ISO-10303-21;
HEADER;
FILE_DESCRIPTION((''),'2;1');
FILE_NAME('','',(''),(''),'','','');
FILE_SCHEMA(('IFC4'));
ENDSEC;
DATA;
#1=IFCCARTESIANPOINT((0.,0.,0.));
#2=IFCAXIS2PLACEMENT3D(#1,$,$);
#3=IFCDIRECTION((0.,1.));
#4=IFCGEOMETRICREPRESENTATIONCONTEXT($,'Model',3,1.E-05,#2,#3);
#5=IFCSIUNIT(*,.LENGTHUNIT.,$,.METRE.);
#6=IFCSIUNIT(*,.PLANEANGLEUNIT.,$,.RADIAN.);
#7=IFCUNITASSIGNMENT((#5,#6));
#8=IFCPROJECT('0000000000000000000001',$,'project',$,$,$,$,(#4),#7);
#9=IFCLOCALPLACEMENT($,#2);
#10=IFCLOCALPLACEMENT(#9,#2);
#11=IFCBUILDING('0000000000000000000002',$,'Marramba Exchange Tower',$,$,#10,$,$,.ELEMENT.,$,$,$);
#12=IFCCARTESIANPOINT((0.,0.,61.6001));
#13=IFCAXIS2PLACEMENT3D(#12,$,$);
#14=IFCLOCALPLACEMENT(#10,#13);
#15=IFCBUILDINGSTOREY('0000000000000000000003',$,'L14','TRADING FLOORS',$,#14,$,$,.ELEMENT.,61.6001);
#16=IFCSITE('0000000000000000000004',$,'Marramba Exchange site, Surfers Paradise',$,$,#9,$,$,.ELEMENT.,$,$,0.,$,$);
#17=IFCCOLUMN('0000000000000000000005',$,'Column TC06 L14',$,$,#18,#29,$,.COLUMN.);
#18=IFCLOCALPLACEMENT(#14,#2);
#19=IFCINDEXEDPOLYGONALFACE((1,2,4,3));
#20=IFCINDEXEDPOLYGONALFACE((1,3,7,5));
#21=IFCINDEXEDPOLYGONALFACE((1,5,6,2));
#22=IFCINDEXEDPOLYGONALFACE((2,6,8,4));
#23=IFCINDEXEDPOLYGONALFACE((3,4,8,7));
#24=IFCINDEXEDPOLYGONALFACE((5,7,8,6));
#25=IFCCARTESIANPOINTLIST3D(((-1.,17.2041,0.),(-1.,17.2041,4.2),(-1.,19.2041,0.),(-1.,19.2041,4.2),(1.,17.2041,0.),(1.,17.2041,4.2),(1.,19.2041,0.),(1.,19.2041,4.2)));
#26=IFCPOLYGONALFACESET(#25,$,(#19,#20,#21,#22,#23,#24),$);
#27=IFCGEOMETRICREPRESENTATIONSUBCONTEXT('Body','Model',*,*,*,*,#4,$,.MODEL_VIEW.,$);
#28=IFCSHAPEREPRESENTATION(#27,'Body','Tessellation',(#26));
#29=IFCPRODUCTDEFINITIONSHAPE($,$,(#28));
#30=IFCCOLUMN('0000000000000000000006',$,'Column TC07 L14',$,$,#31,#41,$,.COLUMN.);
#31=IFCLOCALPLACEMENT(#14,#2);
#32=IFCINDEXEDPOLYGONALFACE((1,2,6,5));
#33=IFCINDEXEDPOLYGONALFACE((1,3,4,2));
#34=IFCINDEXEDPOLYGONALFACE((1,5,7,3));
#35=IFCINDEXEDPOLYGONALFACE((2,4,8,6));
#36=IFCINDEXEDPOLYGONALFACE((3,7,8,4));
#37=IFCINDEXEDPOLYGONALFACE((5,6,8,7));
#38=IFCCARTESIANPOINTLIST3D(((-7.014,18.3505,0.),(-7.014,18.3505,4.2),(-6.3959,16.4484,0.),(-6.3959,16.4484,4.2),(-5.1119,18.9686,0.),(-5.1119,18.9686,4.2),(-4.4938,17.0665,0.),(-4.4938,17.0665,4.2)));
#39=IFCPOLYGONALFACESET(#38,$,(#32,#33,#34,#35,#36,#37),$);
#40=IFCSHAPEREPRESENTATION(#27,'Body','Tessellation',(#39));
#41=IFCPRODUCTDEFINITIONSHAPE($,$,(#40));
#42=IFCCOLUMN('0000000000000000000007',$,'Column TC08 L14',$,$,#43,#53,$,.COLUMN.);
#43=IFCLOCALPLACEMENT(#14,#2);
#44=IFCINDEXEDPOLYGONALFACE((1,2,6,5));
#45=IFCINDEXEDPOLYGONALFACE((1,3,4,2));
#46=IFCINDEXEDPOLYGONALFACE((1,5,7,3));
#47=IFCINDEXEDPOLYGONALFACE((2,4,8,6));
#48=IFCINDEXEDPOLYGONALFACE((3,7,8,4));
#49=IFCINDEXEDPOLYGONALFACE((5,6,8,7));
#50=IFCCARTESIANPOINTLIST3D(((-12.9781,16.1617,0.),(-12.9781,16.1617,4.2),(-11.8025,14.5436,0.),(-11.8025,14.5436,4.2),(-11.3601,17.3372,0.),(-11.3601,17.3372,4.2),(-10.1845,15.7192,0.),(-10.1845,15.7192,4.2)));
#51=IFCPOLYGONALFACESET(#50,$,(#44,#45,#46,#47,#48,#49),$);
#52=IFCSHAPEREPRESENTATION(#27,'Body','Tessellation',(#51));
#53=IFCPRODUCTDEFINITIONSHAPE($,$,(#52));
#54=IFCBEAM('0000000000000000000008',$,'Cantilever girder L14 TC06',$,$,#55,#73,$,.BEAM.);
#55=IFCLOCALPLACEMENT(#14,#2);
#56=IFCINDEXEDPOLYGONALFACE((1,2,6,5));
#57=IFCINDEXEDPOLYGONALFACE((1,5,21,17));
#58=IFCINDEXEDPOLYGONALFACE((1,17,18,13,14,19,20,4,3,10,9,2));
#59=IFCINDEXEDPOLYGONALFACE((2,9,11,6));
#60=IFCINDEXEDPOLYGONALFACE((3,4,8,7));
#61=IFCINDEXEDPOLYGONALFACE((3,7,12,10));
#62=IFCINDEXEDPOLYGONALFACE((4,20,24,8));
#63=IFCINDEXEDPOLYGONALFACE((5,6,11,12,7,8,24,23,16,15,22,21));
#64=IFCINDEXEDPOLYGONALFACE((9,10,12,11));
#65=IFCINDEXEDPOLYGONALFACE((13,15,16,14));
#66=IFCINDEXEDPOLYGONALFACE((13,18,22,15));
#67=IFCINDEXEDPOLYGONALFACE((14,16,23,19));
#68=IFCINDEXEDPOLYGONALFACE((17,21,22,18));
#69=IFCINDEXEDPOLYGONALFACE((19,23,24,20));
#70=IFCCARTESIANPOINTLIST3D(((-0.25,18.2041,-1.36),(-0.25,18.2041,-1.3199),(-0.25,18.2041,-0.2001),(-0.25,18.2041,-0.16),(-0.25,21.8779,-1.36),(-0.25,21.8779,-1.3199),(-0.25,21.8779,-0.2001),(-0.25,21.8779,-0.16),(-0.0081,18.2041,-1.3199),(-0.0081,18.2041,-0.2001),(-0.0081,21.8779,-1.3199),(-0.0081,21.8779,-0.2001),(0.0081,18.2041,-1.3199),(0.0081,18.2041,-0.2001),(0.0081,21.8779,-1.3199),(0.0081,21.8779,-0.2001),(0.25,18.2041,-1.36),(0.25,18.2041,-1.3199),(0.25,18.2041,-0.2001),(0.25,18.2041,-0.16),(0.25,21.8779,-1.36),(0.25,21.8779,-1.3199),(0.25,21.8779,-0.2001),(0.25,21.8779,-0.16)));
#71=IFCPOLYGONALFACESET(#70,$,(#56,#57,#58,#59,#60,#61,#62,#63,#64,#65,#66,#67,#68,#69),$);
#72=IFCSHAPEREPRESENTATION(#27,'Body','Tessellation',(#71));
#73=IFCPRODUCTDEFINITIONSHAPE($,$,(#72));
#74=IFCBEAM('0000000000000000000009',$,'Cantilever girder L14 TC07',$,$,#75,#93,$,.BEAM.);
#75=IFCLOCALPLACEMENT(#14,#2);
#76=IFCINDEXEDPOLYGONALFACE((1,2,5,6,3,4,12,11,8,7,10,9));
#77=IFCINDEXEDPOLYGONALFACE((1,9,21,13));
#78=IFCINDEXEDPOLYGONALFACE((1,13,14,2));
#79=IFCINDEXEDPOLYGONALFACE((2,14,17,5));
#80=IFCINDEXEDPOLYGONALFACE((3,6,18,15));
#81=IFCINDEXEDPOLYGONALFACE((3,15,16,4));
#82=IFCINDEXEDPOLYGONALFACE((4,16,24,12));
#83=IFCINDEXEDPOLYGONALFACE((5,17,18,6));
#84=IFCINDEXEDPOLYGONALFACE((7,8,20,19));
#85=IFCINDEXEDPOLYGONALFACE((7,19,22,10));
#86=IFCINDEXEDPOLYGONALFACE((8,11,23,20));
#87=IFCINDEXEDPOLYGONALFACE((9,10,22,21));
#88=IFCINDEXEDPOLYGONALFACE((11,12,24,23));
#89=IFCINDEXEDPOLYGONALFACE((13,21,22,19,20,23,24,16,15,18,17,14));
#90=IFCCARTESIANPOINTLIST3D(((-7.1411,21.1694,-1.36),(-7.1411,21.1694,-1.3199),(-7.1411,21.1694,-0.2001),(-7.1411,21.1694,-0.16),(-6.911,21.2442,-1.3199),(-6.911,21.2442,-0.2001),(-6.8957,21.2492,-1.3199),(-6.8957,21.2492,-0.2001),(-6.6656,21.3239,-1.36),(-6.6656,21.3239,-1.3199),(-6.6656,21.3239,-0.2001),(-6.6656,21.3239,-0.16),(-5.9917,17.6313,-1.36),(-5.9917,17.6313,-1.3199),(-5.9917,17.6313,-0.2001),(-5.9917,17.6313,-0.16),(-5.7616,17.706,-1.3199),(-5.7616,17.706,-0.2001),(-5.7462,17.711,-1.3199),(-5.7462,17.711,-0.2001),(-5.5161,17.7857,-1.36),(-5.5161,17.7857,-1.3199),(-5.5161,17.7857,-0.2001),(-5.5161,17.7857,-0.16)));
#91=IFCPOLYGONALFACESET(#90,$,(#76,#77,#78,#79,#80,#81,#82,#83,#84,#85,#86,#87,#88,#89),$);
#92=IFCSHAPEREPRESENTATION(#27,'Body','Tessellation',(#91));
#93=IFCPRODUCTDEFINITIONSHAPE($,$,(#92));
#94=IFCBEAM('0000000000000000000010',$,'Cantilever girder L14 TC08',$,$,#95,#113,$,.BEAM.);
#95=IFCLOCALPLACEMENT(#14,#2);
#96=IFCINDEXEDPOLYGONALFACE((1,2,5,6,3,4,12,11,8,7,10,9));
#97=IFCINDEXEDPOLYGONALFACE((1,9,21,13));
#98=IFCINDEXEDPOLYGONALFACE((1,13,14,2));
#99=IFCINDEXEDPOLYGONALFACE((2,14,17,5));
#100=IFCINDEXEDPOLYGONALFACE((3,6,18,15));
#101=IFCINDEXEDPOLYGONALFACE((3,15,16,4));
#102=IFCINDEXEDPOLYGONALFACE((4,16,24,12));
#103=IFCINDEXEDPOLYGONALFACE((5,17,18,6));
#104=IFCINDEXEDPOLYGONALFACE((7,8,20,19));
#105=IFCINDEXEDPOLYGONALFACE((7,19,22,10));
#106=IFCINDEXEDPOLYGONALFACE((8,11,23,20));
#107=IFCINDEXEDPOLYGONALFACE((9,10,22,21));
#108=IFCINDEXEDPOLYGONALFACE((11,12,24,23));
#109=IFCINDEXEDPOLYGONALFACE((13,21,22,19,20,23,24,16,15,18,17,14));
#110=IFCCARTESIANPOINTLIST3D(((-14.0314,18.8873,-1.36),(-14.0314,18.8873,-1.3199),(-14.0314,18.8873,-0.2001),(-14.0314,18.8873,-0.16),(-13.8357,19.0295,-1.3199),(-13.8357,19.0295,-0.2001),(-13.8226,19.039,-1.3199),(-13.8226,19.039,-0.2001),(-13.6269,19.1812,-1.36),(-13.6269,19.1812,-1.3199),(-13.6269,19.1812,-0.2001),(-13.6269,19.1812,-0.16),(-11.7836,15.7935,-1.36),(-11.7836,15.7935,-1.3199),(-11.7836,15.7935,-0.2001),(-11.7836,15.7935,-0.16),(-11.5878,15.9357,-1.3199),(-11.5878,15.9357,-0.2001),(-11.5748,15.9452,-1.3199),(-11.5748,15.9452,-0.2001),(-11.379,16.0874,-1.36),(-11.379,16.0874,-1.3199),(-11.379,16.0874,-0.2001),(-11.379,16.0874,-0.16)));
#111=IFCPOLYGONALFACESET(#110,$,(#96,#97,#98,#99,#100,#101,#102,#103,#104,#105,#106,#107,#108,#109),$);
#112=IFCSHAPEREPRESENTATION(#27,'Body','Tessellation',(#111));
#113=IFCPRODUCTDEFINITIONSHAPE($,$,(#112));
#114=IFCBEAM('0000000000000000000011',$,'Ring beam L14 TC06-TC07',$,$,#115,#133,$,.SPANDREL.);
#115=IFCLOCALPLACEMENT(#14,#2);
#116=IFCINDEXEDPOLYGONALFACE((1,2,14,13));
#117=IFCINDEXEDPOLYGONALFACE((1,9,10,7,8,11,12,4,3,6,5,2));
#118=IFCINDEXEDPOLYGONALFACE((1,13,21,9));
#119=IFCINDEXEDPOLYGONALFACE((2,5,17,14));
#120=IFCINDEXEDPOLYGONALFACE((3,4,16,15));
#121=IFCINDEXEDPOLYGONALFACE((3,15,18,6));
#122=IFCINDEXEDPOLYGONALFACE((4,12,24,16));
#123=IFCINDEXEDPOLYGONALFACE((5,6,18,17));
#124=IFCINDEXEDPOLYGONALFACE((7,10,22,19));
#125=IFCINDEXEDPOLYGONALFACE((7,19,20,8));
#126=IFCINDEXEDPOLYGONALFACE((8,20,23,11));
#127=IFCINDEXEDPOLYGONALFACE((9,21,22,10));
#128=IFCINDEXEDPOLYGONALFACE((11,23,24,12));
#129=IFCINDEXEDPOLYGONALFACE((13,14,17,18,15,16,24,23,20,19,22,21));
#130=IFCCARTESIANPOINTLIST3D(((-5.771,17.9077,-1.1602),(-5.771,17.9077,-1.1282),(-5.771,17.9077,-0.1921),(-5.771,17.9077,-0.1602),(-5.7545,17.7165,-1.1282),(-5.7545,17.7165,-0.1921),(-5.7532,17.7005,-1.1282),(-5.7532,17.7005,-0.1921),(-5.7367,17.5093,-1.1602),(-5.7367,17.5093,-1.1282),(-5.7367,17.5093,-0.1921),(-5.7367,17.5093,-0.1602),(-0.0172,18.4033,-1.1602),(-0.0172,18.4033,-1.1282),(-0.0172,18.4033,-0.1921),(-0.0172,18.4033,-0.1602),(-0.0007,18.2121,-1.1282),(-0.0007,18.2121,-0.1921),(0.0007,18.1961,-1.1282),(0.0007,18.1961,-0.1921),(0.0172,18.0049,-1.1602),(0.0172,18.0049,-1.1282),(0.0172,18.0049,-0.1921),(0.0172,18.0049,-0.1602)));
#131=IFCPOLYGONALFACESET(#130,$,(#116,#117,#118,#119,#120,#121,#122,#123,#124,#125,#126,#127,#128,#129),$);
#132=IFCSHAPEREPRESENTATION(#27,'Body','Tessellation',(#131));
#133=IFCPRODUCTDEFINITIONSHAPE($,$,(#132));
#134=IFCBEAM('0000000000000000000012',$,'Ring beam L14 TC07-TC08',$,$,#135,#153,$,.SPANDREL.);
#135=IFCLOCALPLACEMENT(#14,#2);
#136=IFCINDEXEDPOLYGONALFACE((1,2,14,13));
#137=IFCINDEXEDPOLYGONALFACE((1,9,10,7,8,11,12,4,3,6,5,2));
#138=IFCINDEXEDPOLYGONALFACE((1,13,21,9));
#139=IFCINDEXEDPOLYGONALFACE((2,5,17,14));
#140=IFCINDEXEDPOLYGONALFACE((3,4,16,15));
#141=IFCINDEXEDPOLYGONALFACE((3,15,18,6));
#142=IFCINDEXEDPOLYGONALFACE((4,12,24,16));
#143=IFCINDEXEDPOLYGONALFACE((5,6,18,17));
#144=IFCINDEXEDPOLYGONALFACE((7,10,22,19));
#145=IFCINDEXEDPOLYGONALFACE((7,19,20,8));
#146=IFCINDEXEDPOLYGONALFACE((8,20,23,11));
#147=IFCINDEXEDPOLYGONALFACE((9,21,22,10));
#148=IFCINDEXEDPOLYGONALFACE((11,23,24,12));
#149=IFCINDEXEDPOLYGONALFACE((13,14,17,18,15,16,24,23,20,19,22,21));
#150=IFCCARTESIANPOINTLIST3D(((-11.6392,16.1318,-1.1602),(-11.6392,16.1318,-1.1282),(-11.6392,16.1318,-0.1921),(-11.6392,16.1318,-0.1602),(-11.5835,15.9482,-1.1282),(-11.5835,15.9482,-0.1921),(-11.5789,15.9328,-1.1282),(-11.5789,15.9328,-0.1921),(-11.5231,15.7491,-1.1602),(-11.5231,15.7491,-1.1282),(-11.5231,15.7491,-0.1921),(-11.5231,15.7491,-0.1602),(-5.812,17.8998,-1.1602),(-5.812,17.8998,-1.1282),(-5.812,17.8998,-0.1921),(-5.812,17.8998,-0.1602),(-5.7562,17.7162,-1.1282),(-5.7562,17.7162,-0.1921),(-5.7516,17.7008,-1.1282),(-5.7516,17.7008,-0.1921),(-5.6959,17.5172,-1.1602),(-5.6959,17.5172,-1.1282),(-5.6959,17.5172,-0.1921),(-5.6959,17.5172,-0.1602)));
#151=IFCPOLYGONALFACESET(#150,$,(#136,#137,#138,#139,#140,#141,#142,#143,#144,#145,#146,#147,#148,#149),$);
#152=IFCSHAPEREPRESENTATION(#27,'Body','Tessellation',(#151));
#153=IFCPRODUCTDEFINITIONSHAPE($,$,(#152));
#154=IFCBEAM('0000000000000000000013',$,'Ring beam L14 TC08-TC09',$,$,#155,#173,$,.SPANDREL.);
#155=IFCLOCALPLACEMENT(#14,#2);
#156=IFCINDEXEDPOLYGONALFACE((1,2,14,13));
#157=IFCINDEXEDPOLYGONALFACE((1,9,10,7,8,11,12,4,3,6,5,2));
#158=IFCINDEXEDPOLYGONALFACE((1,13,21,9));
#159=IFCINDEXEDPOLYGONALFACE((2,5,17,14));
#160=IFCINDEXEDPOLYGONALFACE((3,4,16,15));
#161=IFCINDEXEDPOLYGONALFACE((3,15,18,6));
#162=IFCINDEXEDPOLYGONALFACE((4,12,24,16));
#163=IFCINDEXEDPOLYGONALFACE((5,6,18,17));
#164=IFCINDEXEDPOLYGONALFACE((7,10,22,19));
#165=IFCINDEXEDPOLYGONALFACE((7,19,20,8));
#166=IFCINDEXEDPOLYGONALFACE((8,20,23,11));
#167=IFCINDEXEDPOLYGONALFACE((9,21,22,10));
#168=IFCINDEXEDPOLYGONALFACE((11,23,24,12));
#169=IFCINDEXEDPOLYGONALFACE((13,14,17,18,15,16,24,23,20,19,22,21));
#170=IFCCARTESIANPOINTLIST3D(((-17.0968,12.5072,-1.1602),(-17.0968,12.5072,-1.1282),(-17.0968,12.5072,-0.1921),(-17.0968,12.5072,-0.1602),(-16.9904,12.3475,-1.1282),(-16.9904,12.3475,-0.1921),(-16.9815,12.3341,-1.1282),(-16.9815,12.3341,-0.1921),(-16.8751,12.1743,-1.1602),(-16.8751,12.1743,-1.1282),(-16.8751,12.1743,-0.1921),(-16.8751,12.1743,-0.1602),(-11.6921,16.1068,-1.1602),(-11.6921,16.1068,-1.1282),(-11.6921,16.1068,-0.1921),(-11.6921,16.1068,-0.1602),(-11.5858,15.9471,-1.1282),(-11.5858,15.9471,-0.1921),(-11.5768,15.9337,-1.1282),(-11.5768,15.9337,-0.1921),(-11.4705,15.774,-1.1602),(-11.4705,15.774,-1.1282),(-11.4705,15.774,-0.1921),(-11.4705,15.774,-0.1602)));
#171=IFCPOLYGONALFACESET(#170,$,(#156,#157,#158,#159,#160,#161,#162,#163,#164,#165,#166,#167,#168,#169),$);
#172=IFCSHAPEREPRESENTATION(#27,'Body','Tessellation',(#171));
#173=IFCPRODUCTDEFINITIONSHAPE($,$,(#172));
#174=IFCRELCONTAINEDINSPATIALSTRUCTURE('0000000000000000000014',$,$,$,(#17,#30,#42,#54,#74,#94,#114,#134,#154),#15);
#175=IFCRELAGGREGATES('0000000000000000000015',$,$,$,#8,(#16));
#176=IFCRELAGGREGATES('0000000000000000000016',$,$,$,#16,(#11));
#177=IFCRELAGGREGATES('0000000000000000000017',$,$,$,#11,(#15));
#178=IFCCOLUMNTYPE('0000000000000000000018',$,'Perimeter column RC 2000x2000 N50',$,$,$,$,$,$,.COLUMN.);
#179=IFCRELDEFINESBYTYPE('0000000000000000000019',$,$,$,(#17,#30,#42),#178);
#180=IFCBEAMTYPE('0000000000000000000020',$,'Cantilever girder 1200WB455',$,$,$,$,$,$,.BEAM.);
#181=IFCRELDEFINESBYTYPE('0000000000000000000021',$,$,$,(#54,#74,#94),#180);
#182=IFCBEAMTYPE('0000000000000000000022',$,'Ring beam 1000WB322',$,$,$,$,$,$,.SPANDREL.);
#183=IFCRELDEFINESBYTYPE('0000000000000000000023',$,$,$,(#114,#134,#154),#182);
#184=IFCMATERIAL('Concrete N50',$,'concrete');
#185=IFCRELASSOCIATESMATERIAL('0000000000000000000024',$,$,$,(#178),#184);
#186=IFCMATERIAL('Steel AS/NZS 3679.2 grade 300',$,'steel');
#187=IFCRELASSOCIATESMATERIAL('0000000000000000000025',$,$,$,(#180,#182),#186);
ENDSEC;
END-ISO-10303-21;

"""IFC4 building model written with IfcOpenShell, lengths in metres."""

from ifc_helpers import new_model, si_unit, direction, frame, origin, origin_2d, place, context, subcontext, project, spatial, rectangle, i_section, extrude, material, material_profile, profile_set, type_object, element, save


model = new_model("IFC4")

# Units and contexts
model_context = context("Model", 3, precision=1e-05, world=origin(), true_north=direction((0.0, 1.0)))
body_context = subcontext(model_context, "Body", "Model", "MODEL_VIEW")
ifc_project = project(units=[si_unit("LENGTHUNIT", "METRE"), si_unit("PLANEANGLEUNIT", "RADIAN")], contexts=[model_context])

# Site, building, storey
site_placement = place(None, origin())
site = spatial("IfcSite", under=ifc_project, at=site_placement, Name="Marramba Exchange site, Surfers Paradise", CompositionType="ELEMENT", RefElevation=0.0)
building_placement = place(site_placement, origin())
building = spatial("IfcBuilding", under=site, at=building_placement, Name="Marramba Exchange Tower", CompositionType="ELEMENT")
storey_placement = place(building_placement, frame((0.0, 0.0, 61.6001)))
storey = spatial("IfcBuildingStorey", under=building, at=storey_placement, Name="L14", Description="TRADING FLOORS", CompositionType="ELEMENT", Elevation=61.6001)

# Columns
ifc_material_1 = material(Name="Concrete N50", Category="concrete")
ifc_material_profile_1 = material_profile(ifc_material_1, rectangle(XDim=2.0, YDim=2.0, at=origin_2d()), Name="RC 2000x2000")
ifc_profile_set_1 = profile_set([ifc_material_profile_1], Name="Concrete N50")
column_type = type_object("IfcColumnType", Name="Perimeter column RC 2000x2000 N50", PredefinedType="COLUMN", material=ifc_profile_set_1)
for number, where, z_axis, x_axis, name in (
    (1, (0.0, 18.2041, 0.0), (0.0, 0.0, 1.0), (0.0, 1.0, 0.0), "Column TC06 L14"),
    (2, (-5.7539, 17.7085, 0.0), (0.0, 0.0, 1.0), (-0.309017, 0.951057, 0.0), "Column TC07 L14"),
    (3, (-11.5813, 15.9404, 0.0), (0.0, 0.0, 1.0), (-0.587785, 0.809017, 0.0), "Column TC08 L14"),
):
    element("IfcColumn", number, at=place(storey_placement, frame(where, z_axis=z_axis, x_axis=x_axis)), inside=storey, type_object=column_type, Name=name, PredefinedType="COLUMN", context=body_context, shape_type="SweptSolid", body=[
        extrude(rectangle(XDim=2.0, YDim=2.0, at=origin_2d()), origin(), (0.0, 0.0, 1.0), 4.2),
    ])

# Beams
ifc_material_2 = material(Name="Steel AS/NZS 3679.2 grade 300", Category="steel")
ifc_material_profile_2 = material_profile(ifc_material_2, i_section(OverallWidth=0.5, OverallDepth=1.2, WebThickness=0.0161, FlangeThickness=0.04, at=origin_2d()), Name="1200WB455")
ifc_profile_set_2 = profile_set([ifc_material_profile_2], Name="Steel AS/NZS 3679.2 grade 300")
beam_type_1 = type_object("IfcBeamType", Name="Cantilever girder 1200WB455", PredefinedType="BEAM", material=ifc_profile_set_2)
beam_1_placement = place(storey_placement, frame((0.0, 18.2041, -0.76), z_axis=(0.0, 1.0, 0.0), x_axis=(-1.0, 0.0, 0.0)))
element("IfcBeam", 4, at=beam_1_placement, inside=storey, type_object=beam_type_1, Name="Cantilever girder L14 TC06", PredefinedType="BEAM", context=body_context, shape_type="SweptSolid", body=[
    extrude(i_section(OverallWidth=0.5, OverallDepth=1.2, WebThickness=0.0161, FlangeThickness=0.04, at=origin_2d()), origin(), (0.0, 0.0, 1.0), 3.6738),
])
beam_2_placement = place(storey_placement, frame((-5.7539, 17.7085, -0.76), z_axis=(-0.308973, 0.951071, 0.0), x_axis=(-0.951071, -0.308973, 0.0)))
element("IfcBeam", 5, at=beam_2_placement, inside=storey, type_object=beam_type_1, Name="Cantilever girder L14 TC07", PredefinedType="BEAM", context=body_context, shape_type="SweptSolid", body=[
    extrude(i_section(OverallWidth=0.5, OverallDepth=1.2, WebThickness=0.0161, FlangeThickness=0.04, at=origin_2d()), origin(), (0.0, 0.0, 1.0), 3.7202),
])
beam_3_placement = place(storey_placement, frame((-11.5813, 15.9404, -0.76), z_axis=(-0.587796, 0.809009, 0.0), x_axis=(-0.809009, -0.587796, 0.0)))
element("IfcBeam", 6, at=beam_3_placement, inside=storey, type_object=beam_type_1, Name="Cantilever girder L14 TC08", PredefinedType="BEAM", context=body_context, shape_type="SweptSolid", body=[
    extrude(i_section(OverallWidth=0.5, OverallDepth=1.2, WebThickness=0.0161, FlangeThickness=0.04, at=origin_2d()), origin(), (0.0, 0.0, 1.0), 3.8242),
])
ifc_material_profile_3 = material_profile(ifc_material_2, i_section(OverallWidth=0.3999, OverallDepth=1.0, WebThickness=0.0161, FlangeThickness=0.032, at=origin_2d()), Name="1000WB322")
ifc_profile_set_3 = profile_set([ifc_material_profile_3], Name="Steel AS/NZS 3679.2 grade 300")
beam_type_2 = type_object("IfcBeamType", Name="Ring beam 1000WB322", PredefinedType="SPANDREL", material=ifc_profile_set_3)
beam_4_placement = place(storey_placement, frame((0.0, 18.2041, -0.6602), z_axis=(-0.996311, -0.085816, 0.0), x_axis=(0.085816, -0.996311, 0.0)))
element("IfcBeam", 7, at=beam_4_placement, inside=storey, type_object=beam_type_2, Name="Ring beam L14 TC06-TC07", PredefinedType="SPANDREL", context=body_context, shape_type="SweptSolid", body=[
    extrude(i_section(OverallWidth=0.3999, OverallDepth=1.0, WebThickness=0.0161, FlangeThickness=0.032, at=origin_2d()), origin(), (0.0, 0.0, 1.0), 5.7751),
])
beam_5_placement = place(storey_placement, frame((-5.7539, 17.7085, -0.6602), z_axis=(-0.956925, -0.290337, 0.0), x_axis=(0.290337, -0.956925, 0.0)))
element("IfcBeam", 8, at=beam_5_placement, inside=storey, type_object=beam_type_2, Name="Ring beam L14 TC07-TC08", PredefinedType="SPANDREL", context=body_context, shape_type="SweptSolid", body=[
    extrude(i_section(OverallWidth=0.3999, OverallDepth=1.0, WebThickness=0.0161, FlangeThickness=0.032, at=origin_2d()), origin(), (0.0, 0.0, 1.0), 6.0896),
])
beam_6_placement = place(storey_placement, frame((-11.5813, 15.9404, -0.6602), z_axis=(-0.832293, -0.554336, 0.0), x_axis=(0.554336, -0.832293, 0.0)))
element("IfcBeam", 9, at=beam_6_placement, inside=storey, type_object=beam_type_2, Name="Ring beam L14 TC08-TC09", PredefinedType="SPANDREL", context=body_context, shape_type="SweptSolid", body=[
    extrude(i_section(OverallWidth=0.3999, OverallDepth=1.0, WebThickness=0.0161, FlangeThickness=0.032, at=origin_2d()), origin(), (0.0, 0.0, 1.0), 6.4937),
])

save(model, "model.ifc")
